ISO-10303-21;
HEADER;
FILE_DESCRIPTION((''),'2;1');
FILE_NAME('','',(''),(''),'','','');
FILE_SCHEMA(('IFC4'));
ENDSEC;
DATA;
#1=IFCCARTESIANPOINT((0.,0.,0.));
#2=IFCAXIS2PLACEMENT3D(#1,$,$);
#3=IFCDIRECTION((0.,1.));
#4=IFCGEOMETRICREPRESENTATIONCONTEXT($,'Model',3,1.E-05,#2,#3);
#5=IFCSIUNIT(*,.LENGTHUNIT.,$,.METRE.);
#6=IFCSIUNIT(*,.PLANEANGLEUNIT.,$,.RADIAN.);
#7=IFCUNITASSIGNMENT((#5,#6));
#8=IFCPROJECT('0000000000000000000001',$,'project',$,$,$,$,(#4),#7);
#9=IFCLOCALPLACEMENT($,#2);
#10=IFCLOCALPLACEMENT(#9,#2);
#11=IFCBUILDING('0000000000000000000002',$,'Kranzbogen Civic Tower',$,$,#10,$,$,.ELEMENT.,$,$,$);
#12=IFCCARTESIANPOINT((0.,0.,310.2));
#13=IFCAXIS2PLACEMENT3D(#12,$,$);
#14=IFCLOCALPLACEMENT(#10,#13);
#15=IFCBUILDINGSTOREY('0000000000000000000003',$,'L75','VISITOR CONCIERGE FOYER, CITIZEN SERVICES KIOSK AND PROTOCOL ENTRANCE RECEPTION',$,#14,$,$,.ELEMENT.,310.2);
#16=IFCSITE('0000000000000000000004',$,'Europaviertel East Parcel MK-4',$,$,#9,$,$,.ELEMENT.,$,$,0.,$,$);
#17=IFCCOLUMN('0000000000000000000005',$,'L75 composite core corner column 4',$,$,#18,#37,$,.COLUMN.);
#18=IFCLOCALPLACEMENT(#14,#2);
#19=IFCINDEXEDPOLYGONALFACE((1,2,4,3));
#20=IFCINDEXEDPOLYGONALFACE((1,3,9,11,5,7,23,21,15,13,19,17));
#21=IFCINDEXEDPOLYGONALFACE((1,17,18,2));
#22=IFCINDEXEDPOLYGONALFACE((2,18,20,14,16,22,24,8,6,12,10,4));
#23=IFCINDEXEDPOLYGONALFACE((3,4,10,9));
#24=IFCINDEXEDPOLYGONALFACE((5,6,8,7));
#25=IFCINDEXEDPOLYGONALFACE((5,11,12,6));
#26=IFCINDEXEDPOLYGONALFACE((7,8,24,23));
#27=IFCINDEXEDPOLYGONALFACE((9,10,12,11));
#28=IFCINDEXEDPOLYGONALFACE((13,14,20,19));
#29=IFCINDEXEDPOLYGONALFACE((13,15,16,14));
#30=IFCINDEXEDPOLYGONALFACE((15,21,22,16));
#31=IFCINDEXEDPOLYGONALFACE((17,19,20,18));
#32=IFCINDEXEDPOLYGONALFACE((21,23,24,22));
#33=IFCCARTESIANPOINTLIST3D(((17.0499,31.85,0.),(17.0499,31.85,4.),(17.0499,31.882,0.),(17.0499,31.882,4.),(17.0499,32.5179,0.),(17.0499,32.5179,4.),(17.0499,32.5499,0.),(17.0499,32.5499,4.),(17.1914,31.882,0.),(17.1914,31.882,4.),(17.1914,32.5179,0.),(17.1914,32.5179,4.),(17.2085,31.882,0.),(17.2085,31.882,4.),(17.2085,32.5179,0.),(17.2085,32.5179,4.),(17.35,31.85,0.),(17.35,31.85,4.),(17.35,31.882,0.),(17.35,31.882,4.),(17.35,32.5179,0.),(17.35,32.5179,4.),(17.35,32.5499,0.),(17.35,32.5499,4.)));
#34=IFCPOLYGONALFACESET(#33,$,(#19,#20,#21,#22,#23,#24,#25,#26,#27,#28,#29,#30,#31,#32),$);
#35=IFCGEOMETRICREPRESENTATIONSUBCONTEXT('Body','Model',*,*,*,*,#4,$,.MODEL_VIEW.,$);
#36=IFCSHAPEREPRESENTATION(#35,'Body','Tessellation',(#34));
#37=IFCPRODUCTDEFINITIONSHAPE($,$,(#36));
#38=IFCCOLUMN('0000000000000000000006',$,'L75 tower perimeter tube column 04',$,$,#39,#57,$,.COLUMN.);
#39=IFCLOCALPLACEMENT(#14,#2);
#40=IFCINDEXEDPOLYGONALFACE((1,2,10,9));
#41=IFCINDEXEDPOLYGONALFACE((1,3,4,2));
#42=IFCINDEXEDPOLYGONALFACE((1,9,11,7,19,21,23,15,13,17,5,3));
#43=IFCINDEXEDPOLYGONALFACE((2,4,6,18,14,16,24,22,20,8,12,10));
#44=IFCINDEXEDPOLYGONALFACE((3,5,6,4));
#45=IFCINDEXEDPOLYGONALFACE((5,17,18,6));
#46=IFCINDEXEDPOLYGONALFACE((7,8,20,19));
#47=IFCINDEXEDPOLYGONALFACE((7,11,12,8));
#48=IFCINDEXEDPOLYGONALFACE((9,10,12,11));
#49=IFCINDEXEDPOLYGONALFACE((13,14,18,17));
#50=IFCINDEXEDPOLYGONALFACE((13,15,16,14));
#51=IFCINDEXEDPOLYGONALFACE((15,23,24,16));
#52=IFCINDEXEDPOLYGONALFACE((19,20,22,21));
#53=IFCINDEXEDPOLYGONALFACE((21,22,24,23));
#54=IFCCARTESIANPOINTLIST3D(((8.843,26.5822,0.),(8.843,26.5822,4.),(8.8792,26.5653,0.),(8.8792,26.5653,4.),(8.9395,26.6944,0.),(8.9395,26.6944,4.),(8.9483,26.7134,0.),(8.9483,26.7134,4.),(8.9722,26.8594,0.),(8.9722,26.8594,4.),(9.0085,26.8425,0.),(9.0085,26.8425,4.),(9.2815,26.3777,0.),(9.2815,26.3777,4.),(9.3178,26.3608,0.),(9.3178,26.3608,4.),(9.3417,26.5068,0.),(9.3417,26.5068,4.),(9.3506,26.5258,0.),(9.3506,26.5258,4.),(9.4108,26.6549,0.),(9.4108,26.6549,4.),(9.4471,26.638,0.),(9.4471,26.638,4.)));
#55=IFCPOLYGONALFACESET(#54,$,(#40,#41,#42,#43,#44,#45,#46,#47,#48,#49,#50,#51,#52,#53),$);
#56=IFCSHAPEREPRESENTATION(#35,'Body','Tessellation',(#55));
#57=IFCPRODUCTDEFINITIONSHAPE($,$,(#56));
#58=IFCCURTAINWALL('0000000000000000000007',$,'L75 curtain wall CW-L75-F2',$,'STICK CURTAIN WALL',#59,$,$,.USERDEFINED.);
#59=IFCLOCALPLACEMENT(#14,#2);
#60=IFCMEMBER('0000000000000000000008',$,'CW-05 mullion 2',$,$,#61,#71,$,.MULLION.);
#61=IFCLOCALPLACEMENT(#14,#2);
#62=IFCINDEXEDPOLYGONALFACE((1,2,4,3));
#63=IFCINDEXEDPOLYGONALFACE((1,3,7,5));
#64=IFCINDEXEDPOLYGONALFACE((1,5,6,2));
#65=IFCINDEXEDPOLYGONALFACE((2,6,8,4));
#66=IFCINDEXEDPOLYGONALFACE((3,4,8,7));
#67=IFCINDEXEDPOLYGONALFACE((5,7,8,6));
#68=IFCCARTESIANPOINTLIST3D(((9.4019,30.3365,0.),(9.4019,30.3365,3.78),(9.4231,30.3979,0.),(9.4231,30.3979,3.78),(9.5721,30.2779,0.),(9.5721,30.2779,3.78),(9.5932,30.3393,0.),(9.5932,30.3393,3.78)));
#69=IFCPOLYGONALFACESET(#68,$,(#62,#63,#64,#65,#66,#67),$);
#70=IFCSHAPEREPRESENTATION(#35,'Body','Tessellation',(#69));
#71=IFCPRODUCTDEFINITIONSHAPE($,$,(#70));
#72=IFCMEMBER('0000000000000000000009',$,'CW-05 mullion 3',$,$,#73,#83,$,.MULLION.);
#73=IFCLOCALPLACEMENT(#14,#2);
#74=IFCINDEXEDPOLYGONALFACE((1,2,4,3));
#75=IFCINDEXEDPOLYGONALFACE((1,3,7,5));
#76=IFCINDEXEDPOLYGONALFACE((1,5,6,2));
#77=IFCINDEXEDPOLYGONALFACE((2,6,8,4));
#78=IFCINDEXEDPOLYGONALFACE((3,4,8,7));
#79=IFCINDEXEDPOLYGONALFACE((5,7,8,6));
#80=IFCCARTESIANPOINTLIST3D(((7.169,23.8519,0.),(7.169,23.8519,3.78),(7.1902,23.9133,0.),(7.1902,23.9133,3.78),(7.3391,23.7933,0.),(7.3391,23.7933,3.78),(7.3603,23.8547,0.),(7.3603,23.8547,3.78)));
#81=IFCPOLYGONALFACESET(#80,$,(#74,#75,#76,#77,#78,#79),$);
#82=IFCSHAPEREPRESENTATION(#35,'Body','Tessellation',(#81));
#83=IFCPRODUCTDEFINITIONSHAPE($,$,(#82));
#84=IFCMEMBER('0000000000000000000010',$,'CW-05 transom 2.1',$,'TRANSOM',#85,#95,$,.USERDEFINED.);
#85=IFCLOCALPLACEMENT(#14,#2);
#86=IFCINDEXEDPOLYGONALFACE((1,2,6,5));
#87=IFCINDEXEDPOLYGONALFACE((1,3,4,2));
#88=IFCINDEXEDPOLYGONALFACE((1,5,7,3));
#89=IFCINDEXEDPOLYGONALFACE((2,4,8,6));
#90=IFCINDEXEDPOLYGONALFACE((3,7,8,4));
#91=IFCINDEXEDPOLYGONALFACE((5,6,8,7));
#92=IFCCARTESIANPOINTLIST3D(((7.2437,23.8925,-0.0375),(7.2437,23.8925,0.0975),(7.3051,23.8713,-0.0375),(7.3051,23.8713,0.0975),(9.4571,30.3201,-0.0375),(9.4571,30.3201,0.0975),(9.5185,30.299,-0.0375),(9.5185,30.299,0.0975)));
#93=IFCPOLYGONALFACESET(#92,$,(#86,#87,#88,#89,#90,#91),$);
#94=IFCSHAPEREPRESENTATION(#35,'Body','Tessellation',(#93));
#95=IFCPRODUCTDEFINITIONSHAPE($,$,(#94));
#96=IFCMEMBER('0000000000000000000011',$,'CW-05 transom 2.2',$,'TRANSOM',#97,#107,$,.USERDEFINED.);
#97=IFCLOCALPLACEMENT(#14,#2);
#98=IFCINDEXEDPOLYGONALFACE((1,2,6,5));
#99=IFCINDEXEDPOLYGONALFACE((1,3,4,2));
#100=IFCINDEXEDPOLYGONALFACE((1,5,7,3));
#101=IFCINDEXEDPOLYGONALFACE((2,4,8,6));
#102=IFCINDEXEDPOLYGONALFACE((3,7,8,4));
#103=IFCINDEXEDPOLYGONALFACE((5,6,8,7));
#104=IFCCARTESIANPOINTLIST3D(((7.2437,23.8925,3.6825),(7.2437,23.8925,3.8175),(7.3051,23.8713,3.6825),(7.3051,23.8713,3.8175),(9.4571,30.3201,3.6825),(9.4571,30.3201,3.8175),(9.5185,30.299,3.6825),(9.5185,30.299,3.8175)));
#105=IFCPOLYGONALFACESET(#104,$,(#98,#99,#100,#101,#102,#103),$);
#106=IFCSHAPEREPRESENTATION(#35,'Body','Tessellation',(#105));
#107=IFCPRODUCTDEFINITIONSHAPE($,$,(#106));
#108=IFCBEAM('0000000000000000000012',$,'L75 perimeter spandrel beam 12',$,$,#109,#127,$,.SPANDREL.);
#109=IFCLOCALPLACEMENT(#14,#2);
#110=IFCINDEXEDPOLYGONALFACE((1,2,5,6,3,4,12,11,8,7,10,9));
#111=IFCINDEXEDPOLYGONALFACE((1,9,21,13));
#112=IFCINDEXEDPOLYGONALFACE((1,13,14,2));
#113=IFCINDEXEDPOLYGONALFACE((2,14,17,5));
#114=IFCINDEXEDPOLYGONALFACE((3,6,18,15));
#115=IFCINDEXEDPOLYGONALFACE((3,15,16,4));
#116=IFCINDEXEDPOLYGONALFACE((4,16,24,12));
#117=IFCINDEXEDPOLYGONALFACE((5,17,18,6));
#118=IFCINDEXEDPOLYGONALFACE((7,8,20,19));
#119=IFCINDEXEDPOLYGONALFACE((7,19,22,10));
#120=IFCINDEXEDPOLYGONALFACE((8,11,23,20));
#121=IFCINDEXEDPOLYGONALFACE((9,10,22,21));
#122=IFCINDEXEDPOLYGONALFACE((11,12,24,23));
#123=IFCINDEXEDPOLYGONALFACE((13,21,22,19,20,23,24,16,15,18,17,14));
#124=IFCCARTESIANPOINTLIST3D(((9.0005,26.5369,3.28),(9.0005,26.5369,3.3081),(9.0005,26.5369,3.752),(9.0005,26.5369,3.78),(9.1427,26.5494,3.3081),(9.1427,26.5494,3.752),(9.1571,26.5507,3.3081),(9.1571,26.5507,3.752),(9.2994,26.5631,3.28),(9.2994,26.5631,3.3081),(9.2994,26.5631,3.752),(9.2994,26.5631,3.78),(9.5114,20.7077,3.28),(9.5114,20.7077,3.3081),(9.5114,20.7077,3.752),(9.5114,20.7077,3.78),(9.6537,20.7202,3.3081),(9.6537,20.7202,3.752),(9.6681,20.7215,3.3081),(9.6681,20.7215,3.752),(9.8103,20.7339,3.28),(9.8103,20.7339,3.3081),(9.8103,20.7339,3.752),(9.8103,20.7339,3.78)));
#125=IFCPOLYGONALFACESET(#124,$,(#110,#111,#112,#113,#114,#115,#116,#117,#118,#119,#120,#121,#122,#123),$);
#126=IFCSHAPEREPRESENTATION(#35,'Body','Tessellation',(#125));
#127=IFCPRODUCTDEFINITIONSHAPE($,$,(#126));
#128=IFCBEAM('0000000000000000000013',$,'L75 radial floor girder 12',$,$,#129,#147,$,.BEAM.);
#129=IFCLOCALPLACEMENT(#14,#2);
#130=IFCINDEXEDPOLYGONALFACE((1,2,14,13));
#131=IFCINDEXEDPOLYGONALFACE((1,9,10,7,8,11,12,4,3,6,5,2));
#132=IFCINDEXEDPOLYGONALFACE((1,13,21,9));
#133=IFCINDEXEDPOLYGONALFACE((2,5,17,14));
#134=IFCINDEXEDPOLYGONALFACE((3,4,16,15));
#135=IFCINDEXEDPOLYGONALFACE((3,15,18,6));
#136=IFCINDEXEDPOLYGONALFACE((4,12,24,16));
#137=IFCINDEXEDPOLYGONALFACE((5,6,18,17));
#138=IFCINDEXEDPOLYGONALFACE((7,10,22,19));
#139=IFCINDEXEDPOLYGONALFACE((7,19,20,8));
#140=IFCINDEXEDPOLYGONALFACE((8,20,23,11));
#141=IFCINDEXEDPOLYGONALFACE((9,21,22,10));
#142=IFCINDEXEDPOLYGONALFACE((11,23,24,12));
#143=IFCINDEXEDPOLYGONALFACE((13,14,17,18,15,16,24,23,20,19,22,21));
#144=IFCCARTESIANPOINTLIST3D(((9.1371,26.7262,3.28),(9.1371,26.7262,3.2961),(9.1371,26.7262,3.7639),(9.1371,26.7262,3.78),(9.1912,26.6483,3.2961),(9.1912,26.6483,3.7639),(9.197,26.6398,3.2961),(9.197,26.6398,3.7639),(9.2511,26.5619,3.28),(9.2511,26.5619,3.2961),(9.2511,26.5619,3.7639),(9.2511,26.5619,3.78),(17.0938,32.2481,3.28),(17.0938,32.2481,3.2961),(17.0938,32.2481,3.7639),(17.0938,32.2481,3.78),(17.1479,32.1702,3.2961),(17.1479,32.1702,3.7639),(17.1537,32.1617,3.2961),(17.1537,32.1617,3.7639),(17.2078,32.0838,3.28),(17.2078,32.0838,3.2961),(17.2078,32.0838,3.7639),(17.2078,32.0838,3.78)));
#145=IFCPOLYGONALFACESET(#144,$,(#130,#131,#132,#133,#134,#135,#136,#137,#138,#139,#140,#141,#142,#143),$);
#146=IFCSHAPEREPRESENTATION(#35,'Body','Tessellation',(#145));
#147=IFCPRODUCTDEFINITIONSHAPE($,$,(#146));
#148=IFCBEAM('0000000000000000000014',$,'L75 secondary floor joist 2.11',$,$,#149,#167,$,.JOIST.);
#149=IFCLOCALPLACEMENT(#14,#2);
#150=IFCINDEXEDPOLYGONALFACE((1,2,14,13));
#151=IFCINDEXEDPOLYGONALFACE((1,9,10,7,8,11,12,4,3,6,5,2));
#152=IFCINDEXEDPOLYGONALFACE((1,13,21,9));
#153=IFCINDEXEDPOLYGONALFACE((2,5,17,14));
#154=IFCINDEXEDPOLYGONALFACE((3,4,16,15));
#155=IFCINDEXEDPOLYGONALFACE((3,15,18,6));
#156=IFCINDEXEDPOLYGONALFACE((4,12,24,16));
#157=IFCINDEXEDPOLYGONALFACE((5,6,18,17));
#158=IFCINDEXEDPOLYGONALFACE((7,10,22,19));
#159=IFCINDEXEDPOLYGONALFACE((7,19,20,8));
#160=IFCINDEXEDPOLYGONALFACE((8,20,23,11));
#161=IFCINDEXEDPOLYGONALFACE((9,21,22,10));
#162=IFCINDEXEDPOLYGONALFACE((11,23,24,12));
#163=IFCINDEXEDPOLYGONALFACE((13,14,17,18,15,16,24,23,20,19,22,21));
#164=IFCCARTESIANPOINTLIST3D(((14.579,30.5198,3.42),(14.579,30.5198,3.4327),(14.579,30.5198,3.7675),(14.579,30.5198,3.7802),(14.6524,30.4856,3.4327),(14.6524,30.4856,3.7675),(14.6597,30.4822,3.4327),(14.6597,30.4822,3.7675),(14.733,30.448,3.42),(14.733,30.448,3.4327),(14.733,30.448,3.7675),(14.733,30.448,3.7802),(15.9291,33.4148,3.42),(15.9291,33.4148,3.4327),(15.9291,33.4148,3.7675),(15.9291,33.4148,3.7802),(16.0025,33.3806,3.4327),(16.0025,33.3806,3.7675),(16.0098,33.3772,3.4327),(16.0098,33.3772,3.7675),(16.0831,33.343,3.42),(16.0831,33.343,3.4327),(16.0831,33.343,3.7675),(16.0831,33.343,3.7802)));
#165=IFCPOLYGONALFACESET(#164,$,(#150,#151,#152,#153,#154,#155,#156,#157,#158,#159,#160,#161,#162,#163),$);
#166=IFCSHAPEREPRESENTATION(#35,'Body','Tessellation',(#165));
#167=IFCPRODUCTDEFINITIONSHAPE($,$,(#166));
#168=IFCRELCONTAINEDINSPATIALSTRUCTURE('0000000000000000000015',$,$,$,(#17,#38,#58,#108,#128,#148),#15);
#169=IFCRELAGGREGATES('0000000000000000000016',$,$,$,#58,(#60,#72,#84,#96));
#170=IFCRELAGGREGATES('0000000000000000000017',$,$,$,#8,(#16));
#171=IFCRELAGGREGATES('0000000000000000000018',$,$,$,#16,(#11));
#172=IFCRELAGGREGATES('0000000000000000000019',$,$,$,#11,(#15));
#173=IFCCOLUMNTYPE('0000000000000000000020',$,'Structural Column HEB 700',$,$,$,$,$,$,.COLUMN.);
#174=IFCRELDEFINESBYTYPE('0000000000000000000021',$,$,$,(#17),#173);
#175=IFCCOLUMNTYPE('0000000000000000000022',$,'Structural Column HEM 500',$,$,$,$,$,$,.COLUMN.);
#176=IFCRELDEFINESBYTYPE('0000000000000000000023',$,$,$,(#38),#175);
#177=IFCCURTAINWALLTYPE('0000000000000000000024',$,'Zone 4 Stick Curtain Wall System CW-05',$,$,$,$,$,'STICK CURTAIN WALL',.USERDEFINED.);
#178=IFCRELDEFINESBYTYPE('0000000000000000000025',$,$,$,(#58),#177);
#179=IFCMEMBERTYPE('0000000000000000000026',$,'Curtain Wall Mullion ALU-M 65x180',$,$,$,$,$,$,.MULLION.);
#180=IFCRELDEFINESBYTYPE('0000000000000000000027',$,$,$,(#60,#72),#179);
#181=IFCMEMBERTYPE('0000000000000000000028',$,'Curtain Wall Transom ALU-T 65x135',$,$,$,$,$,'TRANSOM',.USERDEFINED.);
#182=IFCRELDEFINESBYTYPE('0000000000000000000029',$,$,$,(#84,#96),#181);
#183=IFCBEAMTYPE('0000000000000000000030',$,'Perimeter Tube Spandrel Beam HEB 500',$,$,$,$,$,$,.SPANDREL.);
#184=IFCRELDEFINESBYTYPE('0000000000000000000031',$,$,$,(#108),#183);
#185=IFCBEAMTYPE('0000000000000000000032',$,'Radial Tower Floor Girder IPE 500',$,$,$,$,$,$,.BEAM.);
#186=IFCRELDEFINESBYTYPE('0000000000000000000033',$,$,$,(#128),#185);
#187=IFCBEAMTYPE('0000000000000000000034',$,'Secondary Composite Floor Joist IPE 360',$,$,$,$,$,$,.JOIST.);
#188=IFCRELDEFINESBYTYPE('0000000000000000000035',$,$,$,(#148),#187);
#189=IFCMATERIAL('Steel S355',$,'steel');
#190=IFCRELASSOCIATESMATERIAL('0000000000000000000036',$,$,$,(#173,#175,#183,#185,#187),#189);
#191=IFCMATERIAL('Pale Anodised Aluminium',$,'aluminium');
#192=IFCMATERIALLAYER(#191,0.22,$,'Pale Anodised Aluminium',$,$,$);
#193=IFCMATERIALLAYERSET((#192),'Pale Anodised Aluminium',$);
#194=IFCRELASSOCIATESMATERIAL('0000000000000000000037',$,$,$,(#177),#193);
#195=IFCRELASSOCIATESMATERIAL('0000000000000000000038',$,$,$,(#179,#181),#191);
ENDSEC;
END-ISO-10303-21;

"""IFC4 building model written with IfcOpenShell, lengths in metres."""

from ifc_helpers import new_model, si_unit, direction, frame, origin, origin_2d, place, context, subcontext, project, spatial, rectangle, i_section, extrude, material, layer, layer_set, material_profile, profile_set, type_object, element, aggregate, save


model = new_model("IFC4")

# Units and contexts
model_context = context("Model", 3, precision=1e-05, world=origin(), true_north=direction((0.0, 1.0)))
body_context = subcontext(model_context, "Body", "Model", "MODEL_VIEW")
ifc_project = project(units=[si_unit("LENGTHUNIT", "METRE"), si_unit("PLANEANGLEUNIT", "RADIAN")], contexts=[model_context])

# Site, building, storey
site_placement = place(None, origin())
site = spatial("IfcSite", under=ifc_project, at=site_placement, Name="Europaviertel East Parcel MK-4", CompositionType="ELEMENT", RefElevation=0.0)
building_placement = place(site_placement, origin())
building = spatial("IfcBuilding", under=site, at=building_placement, Name="Kranzbogen Civic Tower", CompositionType="ELEMENT")
storey_placement = place(building_placement, frame((0.0, 0.0, 310.2)))
storey = spatial("IfcBuildingStorey", under=building, at=storey_placement, Name="L75", Description="VISITOR CONCIERGE FOYER, CITIZEN SERVICES KIOSK AND PROTOCOL ENTRANCE RECEPTION", CompositionType="ELEMENT", Elevation=310.2)

# Columns
ifc_material_1 = material(Name="Steel S355", Category="steel")
ifc_material_profile_1 = material_profile(ifc_material_1, i_section(OverallWidth=0.3, OverallDepth=0.7, WebThickness=0.0171, FlangeThickness=0.032, at=origin_2d()), Name="HEB 700")
ifc_profile_set_1 = profile_set([ifc_material_profile_1], Name="Steel S355")
column_type_1 = type_object("IfcColumnType", Name="Structural Column HEB 700", PredefinedType="COLUMN", material=ifc_profile_set_1)
column_1_placement = place(storey_placement, frame((17.2, 32.2, 0.0), z_axis=(0.0, 0.0, 1.0), x_axis=(1.0, 0.0, 0.0)))
element("IfcColumn", 1, at=column_1_placement, inside=storey, type_object=column_type_1, Name="L75 composite core corner column 4", PredefinedType="COLUMN", context=body_context, shape_type="SweptSolid", body=[
    extrude(i_section(OverallWidth=0.3, OverallDepth=0.7, WebThickness=0.0171, FlangeThickness=0.032, at=origin_2d()), origin(), (0.0, 0.0, 1.0), 4.0),
])
ifc_material_profile_2 = material_profile(ifc_material_1, i_section(OverallWidth=0.3059, OverallDepth=0.5239, WebThickness=0.021, FlangeThickness=0.04, at=origin_2d()), Name="HEM 500")
ifc_profile_set_2 = profile_set([ifc_material_profile_2], Name="Steel S355")
column_type_2 = type_object("IfcColumnType", Name="Structural Column HEM 500", PredefinedType="COLUMN", material=ifc_profile_set_2)
column_2_placement = place(storey_placement, frame((9.145, 26.6101, 0.0), z_axis=(0.0, 0.0, 1.0), x_axis=(0.422618, 0.906308, 0.0)))
element("IfcColumn", 2, at=column_2_placement, inside=storey, type_object=column_type_2, Name="L75 tower perimeter tube column 04", PredefinedType="COLUMN", context=body_context, shape_type="SweptSolid", body=[
    extrude(i_section(OverallWidth=0.3059, OverallDepth=0.5239, WebThickness=0.021, FlangeThickness=0.04, at=origin_2d()), origin(), (0.0, 0.0, 1.0), 4.0),
])

# Curtain wall, members
ifc_material_2 = material(Name="Pale Anodised Aluminium", Category="aluminium")
ifc_layer_1 = layer(ifc_material_2, 0.22, Name="Pale Anodised Aluminium")
ifc_layer_set_1 = layer_set([ifc_layer_1], Name="Pale Anodised Aluminium")
curtain_wall_type = type_object("IfcCurtainWallType", Name="Zone 4 Stick Curtain Wall System CW-05", ElementType="STICK CURTAIN WALL", PredefinedType="USERDEFINED", material=ifc_layer_set_1)
curtain_wall_placement = place(storey_placement, origin())
curtain_wall = element("IfcCurtainWall", 3, at=curtain_wall_placement, inside=storey, type_object=curtain_wall_type, Name="L75 curtain wall CW-L75-F2", ObjectType="STICK CURTAIN WALL", PredefinedType="USERDEFINED")
ifc_material_profile_3 = material_profile(ifc_material_2, rectangle(XDim=0.0649, YDim=0.1799, at=origin_2d()), Name="ALU-M 65x180")
ifc_profile_set_3 = profile_set([ifc_material_profile_3], Name="Pale Anodised Aluminium")
member_type_1 = type_object("IfcMemberType", Name="Curtain Wall Mullion ALU-M 65x180", PredefinedType="MULLION", material=ifc_profile_set_3)
member_1_placement = place(storey_placement, frame((9.4976, 30.3379, 0.0), z_axis=(0.0, 0.0, 1.0), x_axis=(-0.325554, -0.945523, 0.0)))
member_1 = element("IfcMember", 4, at=member_1_placement, type_object=member_type_1, Name="CW-05 mullion 2", PredefinedType="MULLION", context=body_context, shape_type="SweptSolid", body=[
    extrude(rectangle(XDim=0.0649, YDim=0.1799, at=origin_2d()), origin(), (0.0, 0.0, 1.0), 3.78),
])
member_2_placement = place(storey_placement, frame((7.2646, 23.8533, 0.0), z_axis=(0.0, 0.0, 1.0), x_axis=(-0.325554, -0.945523, 0.0)))
member_2 = element("IfcMember", 5, at=member_2_placement, type_object=member_type_1, Name="CW-05 mullion 3", PredefinedType="MULLION", context=body_context, shape_type="SweptSolid", body=[
    extrude(rectangle(XDim=0.0649, YDim=0.1799, at=origin_2d()), origin(), (0.0, 0.0, 1.0), 3.78),
])
ifc_material_profile_4 = material_profile(ifc_material_2, rectangle(XDim=0.0649, YDim=0.135, at=origin_2d()), Name="ALU-T 65x135")
ifc_profile_set_4 = profile_set([ifc_material_profile_4], Name="Pale Anodised Aluminium")
member_type_2 = type_object("IfcMemberType", Name="Curtain Wall Transom ALU-T 65x135", ElementType="TRANSOM", PredefinedType="USERDEFINED", material=ifc_profile_set_4)
member_3_placement = place(storey_placement, frame((9.4878, 30.3096, 0.03), z_axis=(-0.325586, -0.945513, 0.0), x_axis=(0.945513, -0.325586, 0.0)))
member_3 = element("IfcMember", 6, at=member_3_placement, type_object=member_type_2, Name="CW-05 transom 2.1", ObjectType="TRANSOM", PredefinedType="USERDEFINED", context=body_context, shape_type="SweptSolid", body=[
    extrude(rectangle(XDim=0.0649, YDim=0.135, at=origin_2d()), origin(), (0.0, 0.0, 1.0), 6.7981),
])
member_4_placement = place(storey_placement, frame((9.4878, 30.3096, 3.75), z_axis=(-0.325586, -0.945513, 0.0), x_axis=(0.945513, -0.325586, 0.0)))
member_4 = element("IfcMember", 7, at=member_4_placement, type_object=member_type_2, Name="CW-05 transom 2.2", ObjectType="TRANSOM", PredefinedType="USERDEFINED", context=body_context, shape_type="SweptSolid", body=[
    extrude(rectangle(XDim=0.0649, YDim=0.135, at=origin_2d()), origin(), (0.0, 0.0, 1.0), 6.7981),
])

# Beams
ifc_material_profile_5 = material_profile(ifc_material_1, i_section(OverallWidth=0.3, OverallDepth=0.5, WebThickness=0.0144, FlangeThickness=0.0281, at=origin_2d()), Name="HEB 500")
ifc_profile_set_5 = profile_set([ifc_material_profile_5], Name="Steel S355")
beam_type_1 = type_object("IfcBeamType", Name="Perimeter Tube Spandrel Beam HEB 500", PredefinedType="SPANDREL", material=ifc_profile_set_5)
beam_1_placement = place(storey_placement, frame((9.1499, 26.55, 3.53), z_axis=(0.087326, -0.99618, 0.0), x_axis=(0.99618, 0.087326, 0.0)))
element("IfcBeam", 8, at=beam_1_placement, inside=storey, type_object=beam_type_1, Name="L75 perimeter spandrel beam 12", PredefinedType="SPANDREL", context=body_context, shape_type="SweptSolid", body=[
    extrude(i_section(OverallWidth=0.3, OverallDepth=0.5, WebThickness=0.0144, FlangeThickness=0.0281, at=origin_2d()), origin(), (0.0, 0.0, 1.0), 5.8516),
])
ifc_material_profile_6 = material_profile(ifc_material_1, i_section(OverallWidth=0.2, OverallDepth=0.5, WebThickness=0.0103, FlangeThickness=0.0161, at=origin_2d()), Name="IPE 500")
ifc_profile_set_6 = profile_set([ifc_material_profile_6], Name="Steel S355")
beam_type_2 = type_object("IfcBeamType", Name="Radial Tower Floor Girder IPE 500", PredefinedType="BEAM", material=ifc_profile_set_6)
beam_2_placement = place(storey_placement, frame((9.1941, 26.644, 3.53), z_axis=(0.821543, 0.570147, 0.0), x_axis=(-0.570147, 0.821543, 0.0)))
element("IfcBeam", 9, at=beam_2_placement, inside=storey, type_object=beam_type_2, Name="L75 radial floor girder 12", PredefinedType="BEAM", context=body_context, shape_type="SweptSolid", body=[
    extrude(i_section(OverallWidth=0.2, OverallDepth=0.5, WebThickness=0.0103, FlangeThickness=0.0161, at=origin_2d()), origin(), (0.0, 0.0, 1.0), 9.6851),
])
ifc_material_profile_7 = material_profile(ifc_material_1, i_section(OverallWidth=0.1699, OverallDepth=0.3601, WebThickness=0.0081, FlangeThickness=0.0127, at=origin_2d()), Name="IPE 360")
ifc_profile_set_7 = profile_set([ifc_material_profile_7], Name="Steel S355")
beam_type_3 = type_object("IfcBeamType", Name="Secondary Composite Floor Joist IPE 360", PredefinedType="JOIST", material=ifc_profile_set_7)
beam_3_placement = place(storey_placement, frame((16.0061, 33.3789, 3.6001), z_axis=(-0.422651, -0.906292, 0.0), x_axis=(0.906292, -0.422651, 0.0)))
element("IfcBeam", 10, at=beam_3_placement, inside=storey, type_object=beam_type_3, Name="L75 secondary floor joist 2.11", PredefinedType="JOIST", context=body_context, shape_type="SweptSolid", body=[
    extrude(i_section(OverallWidth=0.1699, OverallDepth=0.3601, WebThickness=0.0081, FlangeThickness=0.0127, at=origin_2d()), origin(), (0.0, 0.0, 1.0), 3.1943),
])

aggregate(curtain_wall, [member_1, member_2, member_3, member_4])

save(model, "model.ifc")
